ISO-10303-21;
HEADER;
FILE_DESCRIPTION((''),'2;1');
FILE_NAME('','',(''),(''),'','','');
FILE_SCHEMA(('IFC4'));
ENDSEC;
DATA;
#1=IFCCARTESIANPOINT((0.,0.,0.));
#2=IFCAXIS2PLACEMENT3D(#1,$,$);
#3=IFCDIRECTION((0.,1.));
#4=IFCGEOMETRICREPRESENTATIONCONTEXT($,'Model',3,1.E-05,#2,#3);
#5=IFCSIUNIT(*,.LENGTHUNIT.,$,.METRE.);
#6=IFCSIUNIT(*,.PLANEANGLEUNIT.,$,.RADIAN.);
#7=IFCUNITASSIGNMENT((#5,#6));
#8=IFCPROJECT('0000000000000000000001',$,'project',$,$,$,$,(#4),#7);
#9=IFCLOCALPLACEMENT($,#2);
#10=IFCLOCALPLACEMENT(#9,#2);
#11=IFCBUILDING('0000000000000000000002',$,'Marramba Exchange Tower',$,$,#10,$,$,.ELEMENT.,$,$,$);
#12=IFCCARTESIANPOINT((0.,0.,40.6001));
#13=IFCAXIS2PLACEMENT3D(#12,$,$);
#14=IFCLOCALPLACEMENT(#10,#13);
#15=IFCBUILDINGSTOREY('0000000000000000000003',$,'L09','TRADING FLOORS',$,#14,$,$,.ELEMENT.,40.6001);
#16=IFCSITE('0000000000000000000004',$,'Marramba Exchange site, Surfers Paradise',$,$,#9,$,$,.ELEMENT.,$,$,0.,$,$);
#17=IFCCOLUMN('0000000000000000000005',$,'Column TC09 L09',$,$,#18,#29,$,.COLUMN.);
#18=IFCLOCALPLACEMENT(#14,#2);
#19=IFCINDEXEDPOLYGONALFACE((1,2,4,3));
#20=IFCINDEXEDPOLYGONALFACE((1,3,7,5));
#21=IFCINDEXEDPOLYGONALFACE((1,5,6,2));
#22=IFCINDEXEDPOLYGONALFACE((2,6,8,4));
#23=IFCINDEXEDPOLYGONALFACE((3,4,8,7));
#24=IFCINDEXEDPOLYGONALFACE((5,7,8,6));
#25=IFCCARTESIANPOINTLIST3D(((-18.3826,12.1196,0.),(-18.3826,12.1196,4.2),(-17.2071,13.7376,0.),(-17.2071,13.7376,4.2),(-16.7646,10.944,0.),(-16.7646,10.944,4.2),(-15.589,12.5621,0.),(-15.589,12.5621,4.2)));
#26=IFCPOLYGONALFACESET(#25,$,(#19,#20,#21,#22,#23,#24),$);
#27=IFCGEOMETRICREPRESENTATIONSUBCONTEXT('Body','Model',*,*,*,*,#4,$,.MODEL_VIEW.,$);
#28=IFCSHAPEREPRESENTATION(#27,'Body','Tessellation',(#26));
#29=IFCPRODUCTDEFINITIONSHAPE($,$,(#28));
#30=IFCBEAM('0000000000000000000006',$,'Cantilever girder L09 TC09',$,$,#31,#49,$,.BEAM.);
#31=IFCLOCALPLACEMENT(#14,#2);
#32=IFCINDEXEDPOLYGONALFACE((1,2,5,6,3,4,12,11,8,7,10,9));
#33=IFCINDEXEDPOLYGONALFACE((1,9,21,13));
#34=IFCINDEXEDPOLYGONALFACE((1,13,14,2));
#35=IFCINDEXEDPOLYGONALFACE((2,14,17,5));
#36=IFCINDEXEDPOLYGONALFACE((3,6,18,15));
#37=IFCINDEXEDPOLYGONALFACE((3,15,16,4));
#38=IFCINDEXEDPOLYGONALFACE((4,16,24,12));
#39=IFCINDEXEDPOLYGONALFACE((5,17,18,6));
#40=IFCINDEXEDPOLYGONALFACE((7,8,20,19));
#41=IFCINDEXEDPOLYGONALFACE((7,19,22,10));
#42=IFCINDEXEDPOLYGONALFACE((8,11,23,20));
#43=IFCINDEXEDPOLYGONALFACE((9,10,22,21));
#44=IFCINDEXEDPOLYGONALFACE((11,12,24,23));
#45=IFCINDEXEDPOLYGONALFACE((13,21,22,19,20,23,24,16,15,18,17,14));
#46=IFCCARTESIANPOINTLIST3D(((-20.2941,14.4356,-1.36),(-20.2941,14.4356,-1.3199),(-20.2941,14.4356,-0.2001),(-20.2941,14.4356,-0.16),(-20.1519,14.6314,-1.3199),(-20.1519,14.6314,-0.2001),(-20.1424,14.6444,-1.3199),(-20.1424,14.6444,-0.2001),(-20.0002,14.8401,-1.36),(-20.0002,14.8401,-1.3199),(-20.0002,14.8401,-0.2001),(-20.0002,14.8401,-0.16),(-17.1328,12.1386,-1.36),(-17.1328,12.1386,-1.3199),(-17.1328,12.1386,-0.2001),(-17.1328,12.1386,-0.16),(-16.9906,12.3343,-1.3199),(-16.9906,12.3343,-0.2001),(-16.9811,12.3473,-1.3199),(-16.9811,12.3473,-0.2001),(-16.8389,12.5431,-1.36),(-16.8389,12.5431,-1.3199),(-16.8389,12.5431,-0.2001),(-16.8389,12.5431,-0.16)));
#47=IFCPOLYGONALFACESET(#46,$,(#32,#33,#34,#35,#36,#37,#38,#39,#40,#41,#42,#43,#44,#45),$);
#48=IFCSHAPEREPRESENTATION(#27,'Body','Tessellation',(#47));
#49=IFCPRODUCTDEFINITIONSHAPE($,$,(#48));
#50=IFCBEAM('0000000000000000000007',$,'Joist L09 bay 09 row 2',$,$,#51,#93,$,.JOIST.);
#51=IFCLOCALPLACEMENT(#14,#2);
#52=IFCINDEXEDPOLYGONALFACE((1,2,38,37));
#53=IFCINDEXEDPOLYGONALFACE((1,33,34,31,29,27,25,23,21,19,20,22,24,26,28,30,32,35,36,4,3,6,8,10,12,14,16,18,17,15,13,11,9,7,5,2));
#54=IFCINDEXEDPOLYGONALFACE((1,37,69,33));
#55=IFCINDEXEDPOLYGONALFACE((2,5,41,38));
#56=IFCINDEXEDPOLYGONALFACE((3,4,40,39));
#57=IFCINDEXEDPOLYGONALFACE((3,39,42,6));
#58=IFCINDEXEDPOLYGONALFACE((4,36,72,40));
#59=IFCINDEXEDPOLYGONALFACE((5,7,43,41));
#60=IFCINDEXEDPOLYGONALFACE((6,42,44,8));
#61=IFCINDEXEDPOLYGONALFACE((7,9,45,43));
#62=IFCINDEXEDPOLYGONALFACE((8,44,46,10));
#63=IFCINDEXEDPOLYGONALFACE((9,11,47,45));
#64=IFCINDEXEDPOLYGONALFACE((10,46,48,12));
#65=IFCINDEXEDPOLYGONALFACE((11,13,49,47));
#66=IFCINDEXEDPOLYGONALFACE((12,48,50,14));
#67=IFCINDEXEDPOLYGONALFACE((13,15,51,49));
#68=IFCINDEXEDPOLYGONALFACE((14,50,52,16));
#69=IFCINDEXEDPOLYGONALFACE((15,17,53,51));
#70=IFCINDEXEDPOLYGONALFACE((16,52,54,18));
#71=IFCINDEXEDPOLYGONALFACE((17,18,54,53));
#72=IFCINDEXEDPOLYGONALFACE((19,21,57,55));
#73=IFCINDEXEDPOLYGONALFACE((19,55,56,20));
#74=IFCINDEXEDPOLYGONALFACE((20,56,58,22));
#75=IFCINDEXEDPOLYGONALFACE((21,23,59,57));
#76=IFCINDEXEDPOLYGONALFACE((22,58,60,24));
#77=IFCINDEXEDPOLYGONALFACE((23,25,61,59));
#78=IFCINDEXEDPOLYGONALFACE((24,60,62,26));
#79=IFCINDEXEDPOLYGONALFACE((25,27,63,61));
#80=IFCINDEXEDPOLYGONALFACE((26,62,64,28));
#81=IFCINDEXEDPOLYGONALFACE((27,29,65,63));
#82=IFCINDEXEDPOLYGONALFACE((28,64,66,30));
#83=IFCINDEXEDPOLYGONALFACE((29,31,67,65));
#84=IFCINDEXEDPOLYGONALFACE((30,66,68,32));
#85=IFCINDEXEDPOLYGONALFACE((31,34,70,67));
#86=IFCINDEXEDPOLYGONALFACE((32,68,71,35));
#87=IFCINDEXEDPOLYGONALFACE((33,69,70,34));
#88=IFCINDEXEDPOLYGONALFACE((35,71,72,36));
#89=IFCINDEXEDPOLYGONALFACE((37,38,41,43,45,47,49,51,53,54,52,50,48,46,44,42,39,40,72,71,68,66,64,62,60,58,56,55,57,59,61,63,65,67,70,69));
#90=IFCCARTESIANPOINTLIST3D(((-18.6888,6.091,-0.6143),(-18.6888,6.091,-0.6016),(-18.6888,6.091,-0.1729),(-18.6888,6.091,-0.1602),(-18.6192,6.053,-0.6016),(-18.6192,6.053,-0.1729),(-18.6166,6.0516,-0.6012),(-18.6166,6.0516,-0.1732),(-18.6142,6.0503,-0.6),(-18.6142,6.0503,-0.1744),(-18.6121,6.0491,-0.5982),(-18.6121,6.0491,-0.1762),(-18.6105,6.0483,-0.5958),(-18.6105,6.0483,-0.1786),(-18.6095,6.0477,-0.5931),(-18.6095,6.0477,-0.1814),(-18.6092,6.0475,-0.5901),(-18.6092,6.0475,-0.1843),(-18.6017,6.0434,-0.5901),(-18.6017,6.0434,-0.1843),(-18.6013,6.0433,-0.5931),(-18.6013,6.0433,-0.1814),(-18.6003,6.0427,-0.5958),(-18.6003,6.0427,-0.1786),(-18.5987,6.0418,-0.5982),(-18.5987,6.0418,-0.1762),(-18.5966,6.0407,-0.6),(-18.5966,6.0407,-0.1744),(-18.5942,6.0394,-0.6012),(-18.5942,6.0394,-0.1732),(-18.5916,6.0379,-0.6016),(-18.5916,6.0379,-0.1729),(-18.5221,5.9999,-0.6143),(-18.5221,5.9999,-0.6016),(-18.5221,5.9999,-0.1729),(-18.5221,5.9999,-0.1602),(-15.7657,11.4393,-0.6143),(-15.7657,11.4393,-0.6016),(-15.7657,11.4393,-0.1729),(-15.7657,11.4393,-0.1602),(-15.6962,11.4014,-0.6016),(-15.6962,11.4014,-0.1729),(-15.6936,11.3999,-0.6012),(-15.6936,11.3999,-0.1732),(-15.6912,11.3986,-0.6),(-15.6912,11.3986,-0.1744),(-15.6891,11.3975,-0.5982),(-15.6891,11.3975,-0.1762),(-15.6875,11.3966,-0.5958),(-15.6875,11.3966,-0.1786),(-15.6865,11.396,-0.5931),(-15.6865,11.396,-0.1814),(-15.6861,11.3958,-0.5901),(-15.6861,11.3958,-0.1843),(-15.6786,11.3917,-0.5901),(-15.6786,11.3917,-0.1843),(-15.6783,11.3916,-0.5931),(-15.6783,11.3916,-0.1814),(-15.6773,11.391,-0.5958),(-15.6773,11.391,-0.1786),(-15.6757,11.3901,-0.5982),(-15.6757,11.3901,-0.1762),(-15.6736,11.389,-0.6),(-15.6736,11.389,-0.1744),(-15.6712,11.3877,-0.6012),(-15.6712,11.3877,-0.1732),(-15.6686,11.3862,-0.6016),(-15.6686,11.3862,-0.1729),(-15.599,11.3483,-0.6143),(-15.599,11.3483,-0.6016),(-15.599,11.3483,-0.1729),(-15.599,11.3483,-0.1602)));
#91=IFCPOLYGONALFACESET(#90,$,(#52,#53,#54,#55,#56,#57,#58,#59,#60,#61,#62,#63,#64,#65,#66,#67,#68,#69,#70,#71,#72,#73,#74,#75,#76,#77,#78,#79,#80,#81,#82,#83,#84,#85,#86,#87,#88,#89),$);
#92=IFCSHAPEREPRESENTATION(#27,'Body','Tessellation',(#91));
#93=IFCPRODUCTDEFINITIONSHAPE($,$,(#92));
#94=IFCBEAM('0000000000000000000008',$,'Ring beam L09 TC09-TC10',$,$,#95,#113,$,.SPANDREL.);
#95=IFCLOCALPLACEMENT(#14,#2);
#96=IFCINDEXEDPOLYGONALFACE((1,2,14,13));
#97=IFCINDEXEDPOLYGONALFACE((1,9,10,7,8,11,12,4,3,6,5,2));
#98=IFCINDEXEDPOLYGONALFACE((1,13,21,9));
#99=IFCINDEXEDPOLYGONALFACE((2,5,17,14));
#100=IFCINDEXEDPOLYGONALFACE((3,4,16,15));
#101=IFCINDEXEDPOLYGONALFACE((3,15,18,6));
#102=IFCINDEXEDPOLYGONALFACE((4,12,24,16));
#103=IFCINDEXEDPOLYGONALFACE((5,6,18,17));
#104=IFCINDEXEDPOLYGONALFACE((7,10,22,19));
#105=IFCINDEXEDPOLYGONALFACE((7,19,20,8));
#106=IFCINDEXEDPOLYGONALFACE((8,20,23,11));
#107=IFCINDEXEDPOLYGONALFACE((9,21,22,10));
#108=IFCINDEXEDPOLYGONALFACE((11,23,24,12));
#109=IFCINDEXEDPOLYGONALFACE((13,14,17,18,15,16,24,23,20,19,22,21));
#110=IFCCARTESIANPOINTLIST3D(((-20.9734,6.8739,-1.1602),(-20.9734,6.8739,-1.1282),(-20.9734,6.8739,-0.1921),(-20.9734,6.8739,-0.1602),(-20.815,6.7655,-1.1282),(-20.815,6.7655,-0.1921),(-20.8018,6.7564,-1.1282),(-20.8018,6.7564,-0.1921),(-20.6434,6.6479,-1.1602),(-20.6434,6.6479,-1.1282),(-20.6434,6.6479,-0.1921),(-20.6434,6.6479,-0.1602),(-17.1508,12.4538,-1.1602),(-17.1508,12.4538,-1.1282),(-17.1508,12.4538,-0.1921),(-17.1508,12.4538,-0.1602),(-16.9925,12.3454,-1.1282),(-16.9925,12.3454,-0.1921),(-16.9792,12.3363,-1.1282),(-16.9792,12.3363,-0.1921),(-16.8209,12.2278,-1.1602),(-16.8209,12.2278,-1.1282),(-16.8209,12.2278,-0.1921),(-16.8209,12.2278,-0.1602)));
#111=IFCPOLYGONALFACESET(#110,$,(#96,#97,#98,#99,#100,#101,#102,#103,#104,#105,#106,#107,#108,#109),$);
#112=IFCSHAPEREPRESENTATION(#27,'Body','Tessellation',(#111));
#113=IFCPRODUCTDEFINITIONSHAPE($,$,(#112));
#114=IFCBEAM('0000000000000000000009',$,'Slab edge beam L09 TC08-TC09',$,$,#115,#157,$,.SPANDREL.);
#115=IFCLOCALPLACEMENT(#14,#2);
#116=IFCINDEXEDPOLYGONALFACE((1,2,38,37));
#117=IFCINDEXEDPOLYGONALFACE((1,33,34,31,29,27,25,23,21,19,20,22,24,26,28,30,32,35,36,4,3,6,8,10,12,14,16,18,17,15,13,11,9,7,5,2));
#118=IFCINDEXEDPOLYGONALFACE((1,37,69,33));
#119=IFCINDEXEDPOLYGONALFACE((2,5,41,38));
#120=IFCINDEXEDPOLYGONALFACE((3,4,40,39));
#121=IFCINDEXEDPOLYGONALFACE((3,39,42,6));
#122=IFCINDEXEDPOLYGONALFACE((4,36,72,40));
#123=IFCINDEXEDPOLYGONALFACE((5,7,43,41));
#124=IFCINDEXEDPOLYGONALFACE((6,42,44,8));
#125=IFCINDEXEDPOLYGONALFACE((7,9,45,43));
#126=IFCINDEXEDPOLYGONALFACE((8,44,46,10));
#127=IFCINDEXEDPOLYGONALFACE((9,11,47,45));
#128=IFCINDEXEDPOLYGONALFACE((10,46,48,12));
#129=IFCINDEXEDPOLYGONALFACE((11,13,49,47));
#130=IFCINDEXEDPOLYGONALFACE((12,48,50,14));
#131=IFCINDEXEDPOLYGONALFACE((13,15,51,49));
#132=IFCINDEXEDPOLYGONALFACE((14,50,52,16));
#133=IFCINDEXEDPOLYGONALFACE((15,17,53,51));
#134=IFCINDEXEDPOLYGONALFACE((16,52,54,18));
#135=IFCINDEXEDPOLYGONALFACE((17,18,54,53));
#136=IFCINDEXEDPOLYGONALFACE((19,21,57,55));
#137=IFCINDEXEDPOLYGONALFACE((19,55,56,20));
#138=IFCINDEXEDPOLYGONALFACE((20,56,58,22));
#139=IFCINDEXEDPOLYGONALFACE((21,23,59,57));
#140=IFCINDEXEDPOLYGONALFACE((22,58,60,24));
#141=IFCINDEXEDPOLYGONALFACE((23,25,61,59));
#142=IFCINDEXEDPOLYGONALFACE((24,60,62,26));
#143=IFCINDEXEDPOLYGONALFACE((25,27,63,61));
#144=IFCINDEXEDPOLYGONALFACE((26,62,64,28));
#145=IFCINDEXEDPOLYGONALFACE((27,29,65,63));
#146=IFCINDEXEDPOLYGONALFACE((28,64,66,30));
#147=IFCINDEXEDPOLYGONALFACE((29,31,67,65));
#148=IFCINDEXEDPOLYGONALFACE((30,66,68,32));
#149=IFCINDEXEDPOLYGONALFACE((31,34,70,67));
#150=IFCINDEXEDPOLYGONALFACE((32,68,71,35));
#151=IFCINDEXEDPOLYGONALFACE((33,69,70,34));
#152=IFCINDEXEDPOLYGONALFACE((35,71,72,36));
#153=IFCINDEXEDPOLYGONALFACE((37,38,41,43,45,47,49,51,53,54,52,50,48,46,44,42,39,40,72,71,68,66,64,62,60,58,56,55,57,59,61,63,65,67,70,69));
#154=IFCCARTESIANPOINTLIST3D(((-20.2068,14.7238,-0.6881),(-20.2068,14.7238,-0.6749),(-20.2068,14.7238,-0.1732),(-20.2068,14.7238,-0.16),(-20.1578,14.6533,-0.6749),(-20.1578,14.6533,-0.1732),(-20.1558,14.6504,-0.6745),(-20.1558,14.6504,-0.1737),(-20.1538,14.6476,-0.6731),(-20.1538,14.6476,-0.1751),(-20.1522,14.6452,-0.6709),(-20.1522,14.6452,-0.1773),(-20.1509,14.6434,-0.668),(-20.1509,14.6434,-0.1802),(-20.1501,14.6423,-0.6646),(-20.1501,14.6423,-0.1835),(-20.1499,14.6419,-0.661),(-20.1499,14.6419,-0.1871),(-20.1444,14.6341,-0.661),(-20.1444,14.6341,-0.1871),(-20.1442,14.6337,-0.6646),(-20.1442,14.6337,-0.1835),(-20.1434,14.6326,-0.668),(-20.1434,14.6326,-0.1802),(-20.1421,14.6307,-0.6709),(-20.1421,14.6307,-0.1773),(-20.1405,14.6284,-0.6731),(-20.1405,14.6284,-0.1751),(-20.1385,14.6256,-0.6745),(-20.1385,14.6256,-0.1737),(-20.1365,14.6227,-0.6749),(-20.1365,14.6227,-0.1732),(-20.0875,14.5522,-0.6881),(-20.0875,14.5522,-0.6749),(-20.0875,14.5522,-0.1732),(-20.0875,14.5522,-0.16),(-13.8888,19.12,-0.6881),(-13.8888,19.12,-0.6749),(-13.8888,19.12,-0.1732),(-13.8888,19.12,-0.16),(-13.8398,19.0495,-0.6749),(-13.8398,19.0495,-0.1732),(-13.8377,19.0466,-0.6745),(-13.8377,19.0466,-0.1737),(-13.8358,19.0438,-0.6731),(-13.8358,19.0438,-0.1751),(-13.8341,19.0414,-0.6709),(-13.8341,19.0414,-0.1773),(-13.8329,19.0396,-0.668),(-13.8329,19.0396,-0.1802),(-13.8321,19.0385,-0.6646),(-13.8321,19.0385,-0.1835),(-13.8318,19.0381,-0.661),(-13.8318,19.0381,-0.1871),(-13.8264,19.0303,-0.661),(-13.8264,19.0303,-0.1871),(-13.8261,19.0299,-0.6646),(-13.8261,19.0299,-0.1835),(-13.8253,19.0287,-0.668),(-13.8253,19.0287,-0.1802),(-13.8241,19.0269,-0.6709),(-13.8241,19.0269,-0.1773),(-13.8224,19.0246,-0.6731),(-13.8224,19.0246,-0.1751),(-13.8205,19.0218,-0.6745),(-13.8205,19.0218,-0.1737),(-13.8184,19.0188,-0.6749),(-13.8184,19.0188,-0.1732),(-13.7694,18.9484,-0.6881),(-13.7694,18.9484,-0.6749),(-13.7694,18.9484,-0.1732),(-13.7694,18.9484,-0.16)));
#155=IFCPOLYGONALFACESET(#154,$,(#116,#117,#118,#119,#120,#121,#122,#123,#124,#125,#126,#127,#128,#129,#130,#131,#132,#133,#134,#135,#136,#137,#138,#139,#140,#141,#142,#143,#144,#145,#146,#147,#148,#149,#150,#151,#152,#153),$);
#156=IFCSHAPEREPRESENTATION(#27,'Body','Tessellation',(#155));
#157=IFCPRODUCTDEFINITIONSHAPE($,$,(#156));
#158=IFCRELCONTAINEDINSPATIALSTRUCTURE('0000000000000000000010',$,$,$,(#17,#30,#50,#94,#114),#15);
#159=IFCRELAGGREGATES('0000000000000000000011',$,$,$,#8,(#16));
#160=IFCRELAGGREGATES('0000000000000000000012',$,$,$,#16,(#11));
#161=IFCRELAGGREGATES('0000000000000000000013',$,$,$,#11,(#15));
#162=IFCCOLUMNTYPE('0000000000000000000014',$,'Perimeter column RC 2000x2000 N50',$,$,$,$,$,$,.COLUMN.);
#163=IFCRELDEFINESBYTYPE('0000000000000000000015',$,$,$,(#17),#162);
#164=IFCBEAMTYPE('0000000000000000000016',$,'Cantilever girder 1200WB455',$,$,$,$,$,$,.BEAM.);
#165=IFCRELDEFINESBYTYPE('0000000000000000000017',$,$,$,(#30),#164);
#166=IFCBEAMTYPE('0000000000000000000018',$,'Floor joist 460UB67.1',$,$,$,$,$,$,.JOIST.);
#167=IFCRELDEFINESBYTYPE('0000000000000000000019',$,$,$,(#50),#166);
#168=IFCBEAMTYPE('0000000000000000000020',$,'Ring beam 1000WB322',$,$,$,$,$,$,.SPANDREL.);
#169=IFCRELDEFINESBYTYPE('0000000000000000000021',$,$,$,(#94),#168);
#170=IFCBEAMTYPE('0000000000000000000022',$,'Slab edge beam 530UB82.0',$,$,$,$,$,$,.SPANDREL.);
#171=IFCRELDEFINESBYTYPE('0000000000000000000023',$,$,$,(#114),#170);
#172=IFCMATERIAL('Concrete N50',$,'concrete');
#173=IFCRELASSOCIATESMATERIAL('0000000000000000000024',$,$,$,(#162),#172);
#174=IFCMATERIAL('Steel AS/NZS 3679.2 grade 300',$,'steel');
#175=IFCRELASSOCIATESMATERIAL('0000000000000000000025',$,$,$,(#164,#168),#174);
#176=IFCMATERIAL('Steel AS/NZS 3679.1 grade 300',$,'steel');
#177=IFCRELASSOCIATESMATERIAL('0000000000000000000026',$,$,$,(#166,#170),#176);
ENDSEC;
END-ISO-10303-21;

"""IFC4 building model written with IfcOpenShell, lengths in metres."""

from ifc_helpers import new_model, si_unit, direction, frame, origin, origin_2d, place, context, subcontext, project, spatial, rectangle, i_section, extrude, material, material_profile, profile_set, type_object, element, save


model = new_model("IFC4")

# Units and contexts
model_context = context("Model", 3, precision=1e-05, world=origin(), true_north=direction((0.0, 1.0)))
body_context = subcontext(model_context, "Body", "Model", "MODEL_VIEW")
ifc_project = project(units=[si_unit("LENGTHUNIT", "METRE"), si_unit("PLANEANGLEUNIT", "RADIAN")], contexts=[model_context])

# Site, building, storey
site_placement = place(None, origin())
site = spatial("IfcSite", under=ifc_project, at=site_placement, Name="Marramba Exchange site, Surfers Paradise", CompositionType="ELEMENT", RefElevation=0.0)
building_placement = place(site_placement, origin())
building = spatial("IfcBuilding", under=site, at=building_placement, Name="Marramba Exchange Tower", CompositionType="ELEMENT")
storey_placement = place(building_placement, frame((0.0, 0.0, 40.6001)))
storey = spatial("IfcBuildingStorey", under=building, at=storey_placement, Name="L09", Description="TRADING FLOORS", CompositionType="ELEMENT", Elevation=40.6001)

# Column
ifc_material_1 = material(Name="Concrete N50", Category="concrete")
ifc_material_profile_1 = material_profile(ifc_material_1, rectangle(XDim=2.0, YDim=2.0, at=origin_2d()), Name="RC 2000x2000")
ifc_profile_set_1 = profile_set([ifc_material_profile_1], Name="Concrete N50")
column_type = type_object("IfcColumnType", Name="Perimeter column RC 2000x2000 N50", PredefinedType="COLUMN", material=ifc_profile_set_1)
column_placement = place(storey_placement, frame((-16.9858, 12.3408, 0.0), z_axis=(0.0, 0.0, 1.0), x_axis=(-0.809017, 0.587785, 0.0)))
element("IfcColumn", 1, at=column_placement, inside=storey, type_object=column_type, Name="Column TC09 L09", PredefinedType="COLUMN", context=body_context, shape_type="SweptSolid", body=[
    extrude(rectangle(XDim=2.0, YDim=2.0, at=origin_2d()), origin(), (0.0, 0.0, 1.0), 4.2),
])

# Beams
ifc_material_2 = material(Name="Steel AS/NZS 3679.2 grade 300", Category="steel")
ifc_material_profile_2 = material_profile(ifc_material_2, i_section(OverallWidth=0.5, OverallDepth=1.2, WebThickness=0.0161, FlangeThickness=0.04, at=origin_2d()), Name="1200WB455")
ifc_profile_set_2 = profile_set([ifc_material_profile_2], Name="Steel AS/NZS 3679.2 grade 300")
beam_type_1 = type_object("IfcBeamType", Name="Cantilever girder 1200WB455", PredefinedType="BEAM", material=ifc_profile_set_2)
beam_1_placement = place(storey_placement, frame((-16.9858, 12.3408, -0.76), z_axis=(-0.808987, 0.587826, 0.0), x_axis=(-0.587826, -0.808987, 0.0)))
element("IfcBeam", 2, at=beam_1_placement, inside=storey, type_object=beam_type_1, Name="Cantilever girder L09 TC09", PredefinedType="BEAM", context=body_context, shape_type="SweptSolid", body=[
    extrude(i_section(OverallWidth=0.5, OverallDepth=1.2, WebThickness=0.0161, FlangeThickness=0.04, at=origin_2d()), origin(), (0.0, 0.0, 1.0), 3.9077),
])
ifc_material_3 = material(Name="Steel AS/NZS 3679.1 grade 300", Category="steel")
ifc_material_profile_3 = material_profile(ifc_material_3, i_section(OverallWidth=0.1899, OverallDepth=0.4541, WebThickness=0.0085, FlangeThickness=0.0127, FilletRadius=0.0115, at=origin_2d()), Name="460UB67.1")
ifc_profile_set_3 = profile_set([ifc_material_profile_3], Name="Steel AS/NZS 3679.1 grade 300")
beam_type_2 = type_object("IfcBeamType", Name="Floor joist 460UB67.1", PredefinedType="JOIST", material=ifc_profile_set_3)
beam_2_placement = place(storey_placement, frame((-15.6824, 11.3938, -0.3872), z_axis=(-0.479584, -0.877496, 0.0), x_axis=(0.877496, -0.479584, 0.0)))
element("IfcBeam", 3, at=beam_2_placement, inside=storey, type_object=beam_type_2, Name="Joist L09 bay 09 row 2", PredefinedType="JOIST", context=body_context, shape_type="SweptSolid", body=[
    extrude(i_section(OverallWidth=0.1899, OverallDepth=0.4541, WebThickness=0.0085, FlangeThickness=0.0127, FilletRadius=0.0115, at=origin_2d()), origin(), (0.0, 0.0, 1.0), 6.095),
])
ifc_material_profile_4 = material_profile(ifc_material_2, i_section(OverallWidth=0.3999, OverallDepth=1.0, WebThickness=0.0161, FlangeThickness=0.032, at=origin_2d()), Name="1000WB322")
ifc_profile_set_4 = profile_set([ifc_material_profile_4], Name="Steel AS/NZS 3679.2 grade 300")
beam_type_3 = type_object("IfcBeamType", Name="Ring beam 1000WB322", PredefinedType="SPANDREL", material=ifc_profile_set_4)
beam_3_placement = place(storey_placement, frame((-16.9858, 12.3408, -0.6602), z_axis=(-0.56516, -0.824981, 0.0), x_axis=(0.824981, -0.56516, 0.0)))
element("IfcBeam", 4, at=beam_3_placement, inside=storey, type_object=beam_type_3, Name="Ring beam L09 TC09-TC10", PredefinedType="SPANDREL", context=body_context, shape_type="SweptSolid", body=[
    extrude(i_section(OverallWidth=0.3999, OverallDepth=1.0, WebThickness=0.0161, FlangeThickness=0.032, at=origin_2d()), origin(), (0.0, 0.0, 1.0), 6.7637),
])
ifc_material_profile_5 = material_profile(ifc_material_3, i_section(OverallWidth=0.209, OverallDepth=0.5281, WebThickness=0.0095, FlangeThickness=0.0132, FilletRadius=0.0139, at=origin_2d()), Name="530UB82.0")
ifc_profile_set_5 = profile_set([ifc_material_profile_5], Name="Steel AS/NZS 3679.1 grade 300")
beam_type_4 = type_object("IfcBeamType", Name="Slab edge beam 530UB82.0", PredefinedType="SPANDREL", material=ifc_profile_set_5)
beam_4_placement = place(storey_placement, frame((-13.8291, 19.0342, -0.4241), z_axis=(-0.820842, -0.571155, 0.0), x_axis=(0.571155, -0.820842, 0.0)))
element("IfcBeam", 5, at=beam_4_placement, inside=storey, type_object=beam_type_4, Name="Slab edge beam L09 TC08-TC09", PredefinedType="SPANDREL", context=body_context, shape_type="SweptSolid", body=[
    extrude(i_section(OverallWidth=0.209, OverallDepth=0.5281, WebThickness=0.0095, FlangeThickness=0.0132, FilletRadius=0.0139, at=origin_2d()), origin(), (0.0, 0.0, 1.0), 7.697),
])

save(model, "model.ifc")
